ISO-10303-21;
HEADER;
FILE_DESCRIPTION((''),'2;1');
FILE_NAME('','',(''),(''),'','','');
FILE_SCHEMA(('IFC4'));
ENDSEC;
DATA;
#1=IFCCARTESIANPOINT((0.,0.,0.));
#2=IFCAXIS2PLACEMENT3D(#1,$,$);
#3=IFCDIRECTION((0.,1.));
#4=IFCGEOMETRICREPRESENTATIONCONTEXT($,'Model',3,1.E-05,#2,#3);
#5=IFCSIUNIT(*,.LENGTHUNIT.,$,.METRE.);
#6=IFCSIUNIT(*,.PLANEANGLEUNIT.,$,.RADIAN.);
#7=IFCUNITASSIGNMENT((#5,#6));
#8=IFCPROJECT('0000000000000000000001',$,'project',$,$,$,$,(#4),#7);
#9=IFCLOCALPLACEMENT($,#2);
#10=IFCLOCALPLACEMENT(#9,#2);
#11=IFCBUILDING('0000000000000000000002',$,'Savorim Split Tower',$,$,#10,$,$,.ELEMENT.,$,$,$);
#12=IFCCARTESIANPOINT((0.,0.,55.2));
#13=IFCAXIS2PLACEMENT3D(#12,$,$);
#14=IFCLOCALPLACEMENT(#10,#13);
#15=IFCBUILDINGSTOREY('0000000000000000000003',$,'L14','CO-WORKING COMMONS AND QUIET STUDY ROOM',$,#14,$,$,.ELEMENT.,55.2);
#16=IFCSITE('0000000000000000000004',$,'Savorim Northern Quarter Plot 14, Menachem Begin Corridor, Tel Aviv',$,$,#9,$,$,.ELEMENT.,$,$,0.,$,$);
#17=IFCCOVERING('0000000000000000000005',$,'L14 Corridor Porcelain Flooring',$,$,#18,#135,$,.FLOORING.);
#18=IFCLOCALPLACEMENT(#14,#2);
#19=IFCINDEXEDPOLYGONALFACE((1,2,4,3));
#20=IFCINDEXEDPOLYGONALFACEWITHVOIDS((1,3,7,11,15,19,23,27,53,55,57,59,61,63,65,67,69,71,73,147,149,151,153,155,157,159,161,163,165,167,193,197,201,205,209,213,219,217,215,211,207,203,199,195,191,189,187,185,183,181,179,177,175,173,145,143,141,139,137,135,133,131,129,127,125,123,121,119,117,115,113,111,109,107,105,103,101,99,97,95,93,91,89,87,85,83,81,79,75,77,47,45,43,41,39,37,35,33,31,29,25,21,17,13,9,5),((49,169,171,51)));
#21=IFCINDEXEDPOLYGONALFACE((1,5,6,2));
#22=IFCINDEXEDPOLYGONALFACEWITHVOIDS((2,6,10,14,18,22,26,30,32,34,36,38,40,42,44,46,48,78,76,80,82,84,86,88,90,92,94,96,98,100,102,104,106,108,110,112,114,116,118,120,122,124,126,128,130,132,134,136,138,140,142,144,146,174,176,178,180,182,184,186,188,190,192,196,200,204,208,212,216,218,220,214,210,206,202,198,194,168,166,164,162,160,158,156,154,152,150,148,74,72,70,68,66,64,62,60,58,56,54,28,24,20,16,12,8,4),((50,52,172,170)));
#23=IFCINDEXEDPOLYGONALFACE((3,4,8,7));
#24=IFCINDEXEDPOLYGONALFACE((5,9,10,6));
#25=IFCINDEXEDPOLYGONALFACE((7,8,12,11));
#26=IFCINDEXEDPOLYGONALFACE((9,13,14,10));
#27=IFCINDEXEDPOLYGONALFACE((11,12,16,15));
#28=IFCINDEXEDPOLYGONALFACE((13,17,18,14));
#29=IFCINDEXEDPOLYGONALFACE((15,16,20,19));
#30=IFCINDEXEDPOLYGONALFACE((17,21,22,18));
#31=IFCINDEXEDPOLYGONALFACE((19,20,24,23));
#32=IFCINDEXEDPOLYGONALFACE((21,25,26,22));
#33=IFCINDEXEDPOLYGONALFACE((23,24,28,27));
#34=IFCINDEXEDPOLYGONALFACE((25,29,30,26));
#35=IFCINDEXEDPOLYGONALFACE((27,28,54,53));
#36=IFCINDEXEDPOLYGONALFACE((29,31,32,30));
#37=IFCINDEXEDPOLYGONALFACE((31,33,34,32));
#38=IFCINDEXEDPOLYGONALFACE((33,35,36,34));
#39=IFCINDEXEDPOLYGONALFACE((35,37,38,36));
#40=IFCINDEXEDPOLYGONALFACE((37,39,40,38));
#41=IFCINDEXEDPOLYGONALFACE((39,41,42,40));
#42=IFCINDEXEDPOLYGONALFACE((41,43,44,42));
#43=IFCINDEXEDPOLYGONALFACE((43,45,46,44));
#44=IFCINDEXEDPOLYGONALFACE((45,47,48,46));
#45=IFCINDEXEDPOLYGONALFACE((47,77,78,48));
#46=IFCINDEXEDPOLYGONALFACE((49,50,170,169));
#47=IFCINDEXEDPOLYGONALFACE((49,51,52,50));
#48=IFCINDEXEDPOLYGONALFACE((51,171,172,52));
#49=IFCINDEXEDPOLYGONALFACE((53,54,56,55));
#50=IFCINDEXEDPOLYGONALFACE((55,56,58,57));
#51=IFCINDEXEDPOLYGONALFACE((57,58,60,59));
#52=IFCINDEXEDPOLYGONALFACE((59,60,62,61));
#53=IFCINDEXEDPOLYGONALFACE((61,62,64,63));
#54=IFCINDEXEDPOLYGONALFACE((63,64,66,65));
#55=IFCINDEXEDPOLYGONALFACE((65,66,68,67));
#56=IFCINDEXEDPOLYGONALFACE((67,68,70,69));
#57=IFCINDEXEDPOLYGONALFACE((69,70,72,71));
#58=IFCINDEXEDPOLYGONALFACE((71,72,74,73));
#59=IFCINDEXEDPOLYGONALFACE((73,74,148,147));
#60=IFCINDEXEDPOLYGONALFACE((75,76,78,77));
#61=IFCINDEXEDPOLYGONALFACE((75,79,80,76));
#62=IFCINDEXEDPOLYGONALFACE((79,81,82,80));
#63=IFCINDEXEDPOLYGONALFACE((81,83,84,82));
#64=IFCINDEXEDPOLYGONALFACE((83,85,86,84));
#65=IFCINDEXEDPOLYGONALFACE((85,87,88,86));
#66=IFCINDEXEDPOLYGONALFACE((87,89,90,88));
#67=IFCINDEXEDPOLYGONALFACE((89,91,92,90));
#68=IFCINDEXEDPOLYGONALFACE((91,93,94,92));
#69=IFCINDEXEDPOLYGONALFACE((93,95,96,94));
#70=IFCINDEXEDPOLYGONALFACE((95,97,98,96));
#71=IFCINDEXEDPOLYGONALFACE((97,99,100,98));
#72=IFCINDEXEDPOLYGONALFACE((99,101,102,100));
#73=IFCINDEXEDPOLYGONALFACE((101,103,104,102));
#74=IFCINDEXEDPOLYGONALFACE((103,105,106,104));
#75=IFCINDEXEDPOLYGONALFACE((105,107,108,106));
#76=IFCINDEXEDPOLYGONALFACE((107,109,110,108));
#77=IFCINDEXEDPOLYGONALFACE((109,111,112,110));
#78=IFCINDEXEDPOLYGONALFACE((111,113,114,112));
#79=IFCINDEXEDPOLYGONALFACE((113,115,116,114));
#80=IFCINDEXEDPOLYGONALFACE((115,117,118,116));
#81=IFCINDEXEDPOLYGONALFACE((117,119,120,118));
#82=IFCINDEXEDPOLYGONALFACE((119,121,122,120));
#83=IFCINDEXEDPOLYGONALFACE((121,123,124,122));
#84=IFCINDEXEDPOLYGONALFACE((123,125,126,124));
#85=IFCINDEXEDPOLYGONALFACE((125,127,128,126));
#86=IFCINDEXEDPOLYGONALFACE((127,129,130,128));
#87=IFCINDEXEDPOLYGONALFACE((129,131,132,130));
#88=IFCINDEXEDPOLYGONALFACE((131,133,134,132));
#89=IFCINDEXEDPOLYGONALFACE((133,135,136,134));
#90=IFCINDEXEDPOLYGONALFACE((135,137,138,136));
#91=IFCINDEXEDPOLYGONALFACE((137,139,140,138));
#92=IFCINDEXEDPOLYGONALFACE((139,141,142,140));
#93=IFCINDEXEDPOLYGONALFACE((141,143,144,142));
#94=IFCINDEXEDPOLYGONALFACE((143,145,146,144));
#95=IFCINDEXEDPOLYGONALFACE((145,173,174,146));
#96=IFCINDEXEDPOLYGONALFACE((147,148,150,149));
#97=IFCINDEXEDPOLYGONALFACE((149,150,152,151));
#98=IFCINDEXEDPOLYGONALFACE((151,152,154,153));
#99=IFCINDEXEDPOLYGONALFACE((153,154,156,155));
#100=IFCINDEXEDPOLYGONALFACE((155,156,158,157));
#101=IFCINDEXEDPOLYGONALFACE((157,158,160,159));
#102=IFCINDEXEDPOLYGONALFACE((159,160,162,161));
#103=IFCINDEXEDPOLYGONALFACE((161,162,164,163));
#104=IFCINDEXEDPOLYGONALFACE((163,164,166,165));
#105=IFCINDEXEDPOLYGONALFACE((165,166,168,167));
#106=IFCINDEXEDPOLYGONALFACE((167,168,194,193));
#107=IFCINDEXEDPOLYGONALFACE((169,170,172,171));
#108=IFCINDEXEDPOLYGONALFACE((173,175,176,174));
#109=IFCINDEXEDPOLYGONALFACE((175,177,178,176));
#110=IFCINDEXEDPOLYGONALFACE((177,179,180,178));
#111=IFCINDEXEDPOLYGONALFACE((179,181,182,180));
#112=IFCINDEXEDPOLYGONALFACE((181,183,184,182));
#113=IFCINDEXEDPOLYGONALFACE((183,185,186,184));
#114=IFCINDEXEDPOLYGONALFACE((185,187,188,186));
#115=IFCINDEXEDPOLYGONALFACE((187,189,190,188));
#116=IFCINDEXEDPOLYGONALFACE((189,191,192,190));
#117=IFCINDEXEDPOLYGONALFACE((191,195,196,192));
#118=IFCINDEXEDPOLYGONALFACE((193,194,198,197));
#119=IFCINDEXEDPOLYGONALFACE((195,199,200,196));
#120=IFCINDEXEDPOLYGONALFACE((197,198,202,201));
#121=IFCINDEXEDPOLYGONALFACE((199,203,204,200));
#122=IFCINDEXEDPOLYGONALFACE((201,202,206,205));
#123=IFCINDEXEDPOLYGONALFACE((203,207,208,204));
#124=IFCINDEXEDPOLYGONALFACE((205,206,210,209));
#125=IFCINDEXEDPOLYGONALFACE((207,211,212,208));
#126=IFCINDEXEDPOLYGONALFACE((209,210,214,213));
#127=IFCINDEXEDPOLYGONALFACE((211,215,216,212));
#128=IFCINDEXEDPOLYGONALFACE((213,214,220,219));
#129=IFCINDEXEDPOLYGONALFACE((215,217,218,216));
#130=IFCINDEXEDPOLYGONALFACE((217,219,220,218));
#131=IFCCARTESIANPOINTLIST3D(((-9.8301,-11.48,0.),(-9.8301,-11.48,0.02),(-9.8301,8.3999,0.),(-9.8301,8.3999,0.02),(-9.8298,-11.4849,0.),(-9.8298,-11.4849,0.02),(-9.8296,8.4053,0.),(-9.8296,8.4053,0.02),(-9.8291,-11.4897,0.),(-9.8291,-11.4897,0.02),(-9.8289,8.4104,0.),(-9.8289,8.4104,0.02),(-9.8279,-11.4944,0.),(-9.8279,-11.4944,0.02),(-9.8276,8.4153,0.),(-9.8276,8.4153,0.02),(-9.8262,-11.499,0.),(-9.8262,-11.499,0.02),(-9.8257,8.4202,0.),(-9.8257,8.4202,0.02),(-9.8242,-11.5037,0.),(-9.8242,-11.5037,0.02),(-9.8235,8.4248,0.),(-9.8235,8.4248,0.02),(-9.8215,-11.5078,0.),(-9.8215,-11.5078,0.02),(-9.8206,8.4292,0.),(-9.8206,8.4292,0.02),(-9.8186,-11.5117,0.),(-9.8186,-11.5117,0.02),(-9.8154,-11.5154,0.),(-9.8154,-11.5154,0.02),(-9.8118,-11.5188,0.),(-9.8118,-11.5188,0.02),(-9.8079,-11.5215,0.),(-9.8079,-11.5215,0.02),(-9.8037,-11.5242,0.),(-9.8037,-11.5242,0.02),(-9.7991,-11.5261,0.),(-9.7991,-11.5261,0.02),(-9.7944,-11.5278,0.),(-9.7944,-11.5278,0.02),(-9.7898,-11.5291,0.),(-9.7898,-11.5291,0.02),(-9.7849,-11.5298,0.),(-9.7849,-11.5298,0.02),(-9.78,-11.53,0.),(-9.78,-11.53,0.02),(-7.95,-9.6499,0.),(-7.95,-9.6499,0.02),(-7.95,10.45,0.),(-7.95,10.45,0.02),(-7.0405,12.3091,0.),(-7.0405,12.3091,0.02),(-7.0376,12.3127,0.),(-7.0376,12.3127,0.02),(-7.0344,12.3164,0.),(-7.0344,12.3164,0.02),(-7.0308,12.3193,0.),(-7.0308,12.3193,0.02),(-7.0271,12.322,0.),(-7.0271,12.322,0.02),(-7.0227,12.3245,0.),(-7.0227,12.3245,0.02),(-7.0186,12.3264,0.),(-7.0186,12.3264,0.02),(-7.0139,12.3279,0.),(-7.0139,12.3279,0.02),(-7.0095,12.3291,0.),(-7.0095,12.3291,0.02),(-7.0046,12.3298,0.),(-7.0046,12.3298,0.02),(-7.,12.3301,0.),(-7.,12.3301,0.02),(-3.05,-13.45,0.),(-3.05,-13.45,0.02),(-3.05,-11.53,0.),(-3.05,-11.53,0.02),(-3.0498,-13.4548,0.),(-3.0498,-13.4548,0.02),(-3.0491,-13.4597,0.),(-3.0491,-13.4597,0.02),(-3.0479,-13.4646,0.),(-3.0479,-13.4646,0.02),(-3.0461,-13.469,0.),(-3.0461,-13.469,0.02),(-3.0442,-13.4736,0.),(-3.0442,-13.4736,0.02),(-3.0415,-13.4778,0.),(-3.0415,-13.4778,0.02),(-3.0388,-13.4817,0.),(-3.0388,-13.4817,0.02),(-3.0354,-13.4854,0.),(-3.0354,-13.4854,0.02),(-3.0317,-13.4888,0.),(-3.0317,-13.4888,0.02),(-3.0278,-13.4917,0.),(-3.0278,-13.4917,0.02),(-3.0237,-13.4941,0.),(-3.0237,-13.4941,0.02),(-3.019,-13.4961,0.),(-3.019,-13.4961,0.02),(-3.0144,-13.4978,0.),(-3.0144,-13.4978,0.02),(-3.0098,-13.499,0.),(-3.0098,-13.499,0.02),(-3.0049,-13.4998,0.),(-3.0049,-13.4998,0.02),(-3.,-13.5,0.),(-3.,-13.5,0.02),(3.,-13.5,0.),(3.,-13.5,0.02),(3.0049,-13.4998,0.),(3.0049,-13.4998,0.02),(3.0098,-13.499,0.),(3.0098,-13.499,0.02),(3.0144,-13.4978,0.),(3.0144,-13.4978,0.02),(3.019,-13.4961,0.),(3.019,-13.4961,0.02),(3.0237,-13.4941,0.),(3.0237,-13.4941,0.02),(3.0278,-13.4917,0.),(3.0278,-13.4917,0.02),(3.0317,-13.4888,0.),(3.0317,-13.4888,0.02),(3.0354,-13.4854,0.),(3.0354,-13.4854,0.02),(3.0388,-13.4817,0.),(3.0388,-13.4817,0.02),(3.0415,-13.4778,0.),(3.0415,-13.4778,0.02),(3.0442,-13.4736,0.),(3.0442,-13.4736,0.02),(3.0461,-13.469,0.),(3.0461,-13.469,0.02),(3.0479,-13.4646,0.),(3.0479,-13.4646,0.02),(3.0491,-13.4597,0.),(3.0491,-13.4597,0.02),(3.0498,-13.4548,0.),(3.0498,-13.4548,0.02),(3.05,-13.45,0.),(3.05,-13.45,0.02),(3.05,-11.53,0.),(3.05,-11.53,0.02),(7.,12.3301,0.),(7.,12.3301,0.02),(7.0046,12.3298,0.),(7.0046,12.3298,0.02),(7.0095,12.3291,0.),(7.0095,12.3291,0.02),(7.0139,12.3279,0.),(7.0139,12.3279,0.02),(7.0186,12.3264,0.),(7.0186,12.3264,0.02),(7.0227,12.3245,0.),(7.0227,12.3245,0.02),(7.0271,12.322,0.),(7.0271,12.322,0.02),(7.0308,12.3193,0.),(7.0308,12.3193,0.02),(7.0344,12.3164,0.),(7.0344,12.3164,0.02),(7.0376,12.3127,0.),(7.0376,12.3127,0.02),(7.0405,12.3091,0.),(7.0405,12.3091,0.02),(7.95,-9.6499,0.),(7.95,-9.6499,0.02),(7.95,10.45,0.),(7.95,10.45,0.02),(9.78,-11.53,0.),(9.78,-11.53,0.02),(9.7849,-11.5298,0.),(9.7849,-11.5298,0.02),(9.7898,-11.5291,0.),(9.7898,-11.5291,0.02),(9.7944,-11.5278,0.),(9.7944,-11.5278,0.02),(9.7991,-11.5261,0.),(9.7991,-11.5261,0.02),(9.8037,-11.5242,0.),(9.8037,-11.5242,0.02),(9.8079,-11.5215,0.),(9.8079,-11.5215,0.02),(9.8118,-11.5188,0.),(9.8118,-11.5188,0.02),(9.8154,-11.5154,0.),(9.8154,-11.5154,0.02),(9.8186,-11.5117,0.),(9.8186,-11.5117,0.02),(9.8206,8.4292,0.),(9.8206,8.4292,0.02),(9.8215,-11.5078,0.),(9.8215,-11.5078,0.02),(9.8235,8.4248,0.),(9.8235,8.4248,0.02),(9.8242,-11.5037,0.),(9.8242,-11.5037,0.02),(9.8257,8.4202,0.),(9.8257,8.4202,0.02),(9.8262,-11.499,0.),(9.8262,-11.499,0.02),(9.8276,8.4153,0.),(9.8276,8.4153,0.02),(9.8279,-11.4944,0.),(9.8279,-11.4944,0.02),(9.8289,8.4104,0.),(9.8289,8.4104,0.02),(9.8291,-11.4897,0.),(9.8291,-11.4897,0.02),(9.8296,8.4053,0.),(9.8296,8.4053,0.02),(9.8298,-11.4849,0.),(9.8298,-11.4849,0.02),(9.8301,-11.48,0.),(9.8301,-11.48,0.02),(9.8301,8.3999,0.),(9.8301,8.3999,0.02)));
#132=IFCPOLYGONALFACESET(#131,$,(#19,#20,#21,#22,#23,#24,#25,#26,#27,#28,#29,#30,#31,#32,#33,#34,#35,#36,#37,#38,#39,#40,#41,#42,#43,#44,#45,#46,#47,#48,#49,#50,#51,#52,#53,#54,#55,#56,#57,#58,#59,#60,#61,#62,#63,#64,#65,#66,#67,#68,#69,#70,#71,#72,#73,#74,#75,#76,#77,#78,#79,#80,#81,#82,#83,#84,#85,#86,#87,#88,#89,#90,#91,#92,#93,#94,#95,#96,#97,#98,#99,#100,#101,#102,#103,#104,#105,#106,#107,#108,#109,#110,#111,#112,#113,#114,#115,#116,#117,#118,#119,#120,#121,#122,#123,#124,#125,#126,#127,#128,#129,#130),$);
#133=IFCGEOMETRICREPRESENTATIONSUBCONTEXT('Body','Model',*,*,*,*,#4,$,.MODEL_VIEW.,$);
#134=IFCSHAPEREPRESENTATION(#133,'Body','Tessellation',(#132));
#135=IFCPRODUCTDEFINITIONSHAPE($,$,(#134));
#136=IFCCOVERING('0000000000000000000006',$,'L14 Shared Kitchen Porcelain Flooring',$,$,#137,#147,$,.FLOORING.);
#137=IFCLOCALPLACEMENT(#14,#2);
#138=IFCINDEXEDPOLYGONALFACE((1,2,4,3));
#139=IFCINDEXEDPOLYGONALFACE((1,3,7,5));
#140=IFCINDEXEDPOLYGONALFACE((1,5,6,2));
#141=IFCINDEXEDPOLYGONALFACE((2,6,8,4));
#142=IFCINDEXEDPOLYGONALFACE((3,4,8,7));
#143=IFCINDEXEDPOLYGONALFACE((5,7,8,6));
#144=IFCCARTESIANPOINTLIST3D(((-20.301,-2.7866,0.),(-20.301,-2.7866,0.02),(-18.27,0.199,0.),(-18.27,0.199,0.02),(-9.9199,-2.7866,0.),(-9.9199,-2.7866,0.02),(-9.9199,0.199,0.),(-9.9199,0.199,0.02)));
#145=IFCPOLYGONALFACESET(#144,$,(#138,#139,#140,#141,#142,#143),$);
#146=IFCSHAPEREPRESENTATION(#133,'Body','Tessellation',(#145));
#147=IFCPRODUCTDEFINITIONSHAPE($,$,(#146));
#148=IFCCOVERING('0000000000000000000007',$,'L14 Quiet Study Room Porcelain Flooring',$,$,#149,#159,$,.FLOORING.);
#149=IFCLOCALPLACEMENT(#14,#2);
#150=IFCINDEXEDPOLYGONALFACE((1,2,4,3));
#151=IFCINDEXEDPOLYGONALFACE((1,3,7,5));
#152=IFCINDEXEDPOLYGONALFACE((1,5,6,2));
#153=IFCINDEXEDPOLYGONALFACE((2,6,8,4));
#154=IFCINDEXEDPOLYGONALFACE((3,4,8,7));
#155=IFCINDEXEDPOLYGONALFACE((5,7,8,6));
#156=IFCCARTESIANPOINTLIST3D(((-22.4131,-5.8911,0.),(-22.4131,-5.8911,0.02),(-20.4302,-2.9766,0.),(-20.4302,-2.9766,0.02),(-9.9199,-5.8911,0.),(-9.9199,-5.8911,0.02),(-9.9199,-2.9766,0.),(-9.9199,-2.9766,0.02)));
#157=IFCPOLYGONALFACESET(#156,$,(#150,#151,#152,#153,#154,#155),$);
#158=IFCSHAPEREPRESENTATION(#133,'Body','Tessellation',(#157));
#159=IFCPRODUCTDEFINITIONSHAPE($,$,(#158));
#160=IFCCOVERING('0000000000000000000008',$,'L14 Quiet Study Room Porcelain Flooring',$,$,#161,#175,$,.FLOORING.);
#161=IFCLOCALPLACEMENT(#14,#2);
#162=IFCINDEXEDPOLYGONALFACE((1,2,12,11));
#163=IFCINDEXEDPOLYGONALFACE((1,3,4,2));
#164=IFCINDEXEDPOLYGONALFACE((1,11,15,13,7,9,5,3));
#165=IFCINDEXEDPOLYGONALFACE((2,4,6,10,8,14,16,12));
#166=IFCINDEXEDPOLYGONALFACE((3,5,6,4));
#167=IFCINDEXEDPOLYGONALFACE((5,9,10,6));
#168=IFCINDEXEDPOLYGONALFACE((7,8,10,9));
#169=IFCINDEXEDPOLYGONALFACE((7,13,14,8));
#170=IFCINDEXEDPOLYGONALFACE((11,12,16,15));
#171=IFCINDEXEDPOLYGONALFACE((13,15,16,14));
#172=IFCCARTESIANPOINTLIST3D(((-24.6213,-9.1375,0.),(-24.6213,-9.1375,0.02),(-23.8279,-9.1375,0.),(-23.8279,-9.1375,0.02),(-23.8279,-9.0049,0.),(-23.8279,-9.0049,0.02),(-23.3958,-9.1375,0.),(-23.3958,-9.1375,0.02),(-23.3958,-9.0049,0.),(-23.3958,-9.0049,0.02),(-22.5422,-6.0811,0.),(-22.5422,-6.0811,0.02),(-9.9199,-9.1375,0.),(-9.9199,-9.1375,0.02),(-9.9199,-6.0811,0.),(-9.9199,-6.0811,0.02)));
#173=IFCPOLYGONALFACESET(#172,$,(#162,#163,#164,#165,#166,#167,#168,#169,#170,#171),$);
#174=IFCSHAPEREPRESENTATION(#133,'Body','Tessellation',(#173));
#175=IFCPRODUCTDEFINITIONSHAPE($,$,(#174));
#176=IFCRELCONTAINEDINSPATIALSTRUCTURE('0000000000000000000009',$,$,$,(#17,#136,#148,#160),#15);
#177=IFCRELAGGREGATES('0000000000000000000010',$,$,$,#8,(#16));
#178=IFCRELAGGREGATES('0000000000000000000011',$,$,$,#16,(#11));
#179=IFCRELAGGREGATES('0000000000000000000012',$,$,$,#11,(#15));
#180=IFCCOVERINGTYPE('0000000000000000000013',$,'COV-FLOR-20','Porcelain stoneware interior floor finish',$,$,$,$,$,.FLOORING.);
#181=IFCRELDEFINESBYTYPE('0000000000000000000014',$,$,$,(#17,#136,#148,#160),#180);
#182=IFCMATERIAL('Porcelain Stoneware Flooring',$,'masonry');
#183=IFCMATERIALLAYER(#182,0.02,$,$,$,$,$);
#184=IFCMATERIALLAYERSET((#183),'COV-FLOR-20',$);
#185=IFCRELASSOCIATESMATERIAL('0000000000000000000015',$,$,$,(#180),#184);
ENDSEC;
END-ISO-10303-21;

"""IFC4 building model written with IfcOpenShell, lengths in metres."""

from ifc_helpers import new_model, si_unit, direction, frame, origin, place, context, subcontext, project, spatial, polyline, outline, extrude, material, layer, layer_set, type_object, element, save


model = new_model("IFC4")

# Units and contexts
model_context = context("Model", 3, precision=1e-05, world=origin(), true_north=direction((0.0, 1.0)))
body_context = subcontext(model_context, "Body", "Model", "MODEL_VIEW")
ifc_project = project(units=[si_unit("LENGTHUNIT", "METRE"), si_unit("PLANEANGLEUNIT", "RADIAN")], contexts=[model_context])

# Site, building, storey
site_placement = place(None, origin())
site = spatial("IfcSite", under=ifc_project, at=site_placement, Name="Savorim Northern Quarter Plot 14, Menachem Begin Corridor, Tel Aviv", CompositionType="ELEMENT", RefElevation=0.0)
building_placement = place(site_placement, origin())
building = spatial("IfcBuilding", under=site, at=building_placement, Name="Savorim Split Tower", CompositionType="ELEMENT")
storey_placement = place(building_placement, frame((0.0, 0.0, 55.2)))
storey = spatial("IfcBuildingStorey", under=building, at=storey_placement, Name="L14", Description="CO-WORKING COMMONS AND QUIET STUDY ROOM", CompositionType="ELEMENT", Elevation=55.2)

# Coverings
ifc_material_1 = material(Name="Porcelain Stoneware Flooring", Category="masonry")
ifc_layer_1 = layer(ifc_material_1, 0.02)
ifc_layer_set_1 = layer_set([ifc_layer_1], Name="COV-FLOR-20")
covering_type_1 = type_object("IfcCoveringType", Name="COV-FLOR-20", Description="Porcelain stoneware interior floor finish", PredefinedType="FLOORING", material=ifc_layer_set_1)
covering_1_placement = place(storey_placement, origin())
element("IfcCovering", 1, at=covering_1_placement, inside=storey, type_object=covering_type_1, Name="L14 Corridor Porcelain Flooring", PredefinedType="FLOORING", context=body_context, shape_type="SweptSolid", body=[
    extrude(outline(polyline([(7.0095, 12.3291), (7.0046, 12.3298), (7.0, 12.3301), (-7.0, 12.3301), (-7.0046, 12.3298), (-7.0095, 12.3291), (-7.0139, 12.3279), (-7.0186, 12.3264), (-7.0227, 12.3245), (-7.0271, 12.322), (-7.0308, 12.3193), (-7.0344, 12.3164), (-7.0376, 12.3127), (-7.0405, 12.3091), (-9.8206, 8.4292), (-9.8235, 8.4248), (-9.8257, 8.4202), (-9.8276, 8.4153), (-9.8289, 8.4104), (-9.8296, 8.4053), (-9.8301, 8.3999), (-9.8301, -11.48), (-9.8298, -11.4849), (-9.8291, -11.4897), (-9.8279, -11.4944), (-9.8262, -11.499), (-9.8242, -11.5037), (-9.8215, -11.5078), (-9.8186, -11.5117), (-9.8154, -11.5154), (-9.8118, -11.5188), (-9.8079, -11.5215), (-9.8037, -11.5242), (-9.7991, -11.5261), (-9.7944, -11.5278), (-9.7898, -11.5291), (-9.7849, -11.5298), (-9.78, -11.53), (-3.05, -11.53), (-3.05, -13.45), (-3.0498, -13.4548), (-3.0491, -13.4597), (-3.0479, -13.4646), (-3.0461, -13.469), (-3.0442, -13.4736), (-3.0415, -13.4778), (-3.0388, -13.4817), (-3.0354, -13.4854), (-3.0317, -13.4888), (-3.0278, -13.4917), (-3.0237, -13.4941), (-3.019, -13.4961), (-3.0144, -13.4978), (-3.0098, -13.499), (-3.0049, -13.4998), (-3.0, -13.5), (3.0, -13.5), (3.0049, -13.4998), (3.0098, -13.499), (3.0144, -13.4978), (3.019, -13.4961), (3.0237, -13.4941), (3.0278, -13.4917), (3.0317, -13.4888), (3.0354, -13.4854), (3.0388, -13.4817), (3.0415, -13.4778), (3.0442, -13.4736), (3.0461, -13.469), (3.0479, -13.4646), (3.0491, -13.4597), (3.0498, -13.4548), (3.05, -13.45), (3.05, -11.53), (9.78, -11.53), (9.7849, -11.5298), (9.7898, -11.5291), (9.7944, -11.5278), (9.7991, -11.5261), (9.8037, -11.5242), (9.8079, -11.5215), (9.8118, -11.5188), (9.8154, -11.5154), (9.8186, -11.5117), (9.8215, -11.5078), (9.8242, -11.5037), (9.8262, -11.499), (9.8279, -11.4944), (9.8291, -11.4897), (9.8298, -11.4849), (9.8301, -11.48), (9.8301, 8.3999), (9.8296, 8.4053), (9.8289, 8.4104), (9.8276, 8.4153), (9.8257, 8.4202), (9.8235, 8.4248), (9.8206, 8.4292), (7.0405, 12.3091), (7.0376, 12.3127), (7.0344, 12.3164), (7.0308, 12.3193), (7.0271, 12.322), (7.0227, 12.3245), (7.0186, 12.3264), (7.0139, 12.3279), (7.0095, 12.3291)]), holes=[polyline([(-7.95, 10.45), (-7.95, -9.6499), (7.95, -9.6499), (7.95, 10.45), (-7.95, 10.45)])]), origin(), (0.0, 0.0, 1.0), 0.02),
])
covering_2_placement = place(storey_placement, origin())
element("IfcCovering", 2, at=covering_2_placement, inside=storey, type_object=covering_type_1, Name="L14 Shared Kitchen Porcelain Flooring", PredefinedType="FLOORING", context=body_context, shape_type="SweptSolid", body=[
    extrude(outline(polyline([(-18.27, 0.199), (-20.301, -2.7866), (-9.9199, -2.7866), (-9.9199, 0.199), (-18.27, 0.199)])), origin(), (0.0, 0.0, 1.0), 0.02),
])
covering_3_placement = place(storey_placement, origin())
element("IfcCovering", 3, at=covering_3_placement, inside=storey, type_object=covering_type_1, Name="L14 Quiet Study Room Porcelain Flooring", PredefinedType="FLOORING", context=body_context, shape_type="SweptSolid", body=[
    extrude(outline(polyline([(-20.4302, -2.9766), (-22.4131, -5.8911), (-9.9199, -5.8911), (-9.9199, -2.9766), (-20.4302, -2.9766)])), origin(), (0.0, 0.0, 1.0), 0.02),
])
covering_4_placement = place(storey_placement, origin())
element("IfcCovering", 4, at=covering_4_placement, inside=storey, type_object=covering_type_1, Name="L14 Quiet Study Room Porcelain Flooring", PredefinedType="FLOORING", context=body_context, shape_type="SweptSolid", body=[
    extrude(outline(polyline([(-23.3958, -9.0049), (-23.3958, -9.1375), (-9.9199, -9.1375), (-9.9199, -6.0811), (-22.5422, -6.0811), (-24.6213, -9.1375), (-23.8279, -9.1375), (-23.8279, -9.0049), (-23.3958, -9.0049)])), origin(), (0.0, 0.0, 1.0), 0.02),
])

save(model, "model.ifc")
